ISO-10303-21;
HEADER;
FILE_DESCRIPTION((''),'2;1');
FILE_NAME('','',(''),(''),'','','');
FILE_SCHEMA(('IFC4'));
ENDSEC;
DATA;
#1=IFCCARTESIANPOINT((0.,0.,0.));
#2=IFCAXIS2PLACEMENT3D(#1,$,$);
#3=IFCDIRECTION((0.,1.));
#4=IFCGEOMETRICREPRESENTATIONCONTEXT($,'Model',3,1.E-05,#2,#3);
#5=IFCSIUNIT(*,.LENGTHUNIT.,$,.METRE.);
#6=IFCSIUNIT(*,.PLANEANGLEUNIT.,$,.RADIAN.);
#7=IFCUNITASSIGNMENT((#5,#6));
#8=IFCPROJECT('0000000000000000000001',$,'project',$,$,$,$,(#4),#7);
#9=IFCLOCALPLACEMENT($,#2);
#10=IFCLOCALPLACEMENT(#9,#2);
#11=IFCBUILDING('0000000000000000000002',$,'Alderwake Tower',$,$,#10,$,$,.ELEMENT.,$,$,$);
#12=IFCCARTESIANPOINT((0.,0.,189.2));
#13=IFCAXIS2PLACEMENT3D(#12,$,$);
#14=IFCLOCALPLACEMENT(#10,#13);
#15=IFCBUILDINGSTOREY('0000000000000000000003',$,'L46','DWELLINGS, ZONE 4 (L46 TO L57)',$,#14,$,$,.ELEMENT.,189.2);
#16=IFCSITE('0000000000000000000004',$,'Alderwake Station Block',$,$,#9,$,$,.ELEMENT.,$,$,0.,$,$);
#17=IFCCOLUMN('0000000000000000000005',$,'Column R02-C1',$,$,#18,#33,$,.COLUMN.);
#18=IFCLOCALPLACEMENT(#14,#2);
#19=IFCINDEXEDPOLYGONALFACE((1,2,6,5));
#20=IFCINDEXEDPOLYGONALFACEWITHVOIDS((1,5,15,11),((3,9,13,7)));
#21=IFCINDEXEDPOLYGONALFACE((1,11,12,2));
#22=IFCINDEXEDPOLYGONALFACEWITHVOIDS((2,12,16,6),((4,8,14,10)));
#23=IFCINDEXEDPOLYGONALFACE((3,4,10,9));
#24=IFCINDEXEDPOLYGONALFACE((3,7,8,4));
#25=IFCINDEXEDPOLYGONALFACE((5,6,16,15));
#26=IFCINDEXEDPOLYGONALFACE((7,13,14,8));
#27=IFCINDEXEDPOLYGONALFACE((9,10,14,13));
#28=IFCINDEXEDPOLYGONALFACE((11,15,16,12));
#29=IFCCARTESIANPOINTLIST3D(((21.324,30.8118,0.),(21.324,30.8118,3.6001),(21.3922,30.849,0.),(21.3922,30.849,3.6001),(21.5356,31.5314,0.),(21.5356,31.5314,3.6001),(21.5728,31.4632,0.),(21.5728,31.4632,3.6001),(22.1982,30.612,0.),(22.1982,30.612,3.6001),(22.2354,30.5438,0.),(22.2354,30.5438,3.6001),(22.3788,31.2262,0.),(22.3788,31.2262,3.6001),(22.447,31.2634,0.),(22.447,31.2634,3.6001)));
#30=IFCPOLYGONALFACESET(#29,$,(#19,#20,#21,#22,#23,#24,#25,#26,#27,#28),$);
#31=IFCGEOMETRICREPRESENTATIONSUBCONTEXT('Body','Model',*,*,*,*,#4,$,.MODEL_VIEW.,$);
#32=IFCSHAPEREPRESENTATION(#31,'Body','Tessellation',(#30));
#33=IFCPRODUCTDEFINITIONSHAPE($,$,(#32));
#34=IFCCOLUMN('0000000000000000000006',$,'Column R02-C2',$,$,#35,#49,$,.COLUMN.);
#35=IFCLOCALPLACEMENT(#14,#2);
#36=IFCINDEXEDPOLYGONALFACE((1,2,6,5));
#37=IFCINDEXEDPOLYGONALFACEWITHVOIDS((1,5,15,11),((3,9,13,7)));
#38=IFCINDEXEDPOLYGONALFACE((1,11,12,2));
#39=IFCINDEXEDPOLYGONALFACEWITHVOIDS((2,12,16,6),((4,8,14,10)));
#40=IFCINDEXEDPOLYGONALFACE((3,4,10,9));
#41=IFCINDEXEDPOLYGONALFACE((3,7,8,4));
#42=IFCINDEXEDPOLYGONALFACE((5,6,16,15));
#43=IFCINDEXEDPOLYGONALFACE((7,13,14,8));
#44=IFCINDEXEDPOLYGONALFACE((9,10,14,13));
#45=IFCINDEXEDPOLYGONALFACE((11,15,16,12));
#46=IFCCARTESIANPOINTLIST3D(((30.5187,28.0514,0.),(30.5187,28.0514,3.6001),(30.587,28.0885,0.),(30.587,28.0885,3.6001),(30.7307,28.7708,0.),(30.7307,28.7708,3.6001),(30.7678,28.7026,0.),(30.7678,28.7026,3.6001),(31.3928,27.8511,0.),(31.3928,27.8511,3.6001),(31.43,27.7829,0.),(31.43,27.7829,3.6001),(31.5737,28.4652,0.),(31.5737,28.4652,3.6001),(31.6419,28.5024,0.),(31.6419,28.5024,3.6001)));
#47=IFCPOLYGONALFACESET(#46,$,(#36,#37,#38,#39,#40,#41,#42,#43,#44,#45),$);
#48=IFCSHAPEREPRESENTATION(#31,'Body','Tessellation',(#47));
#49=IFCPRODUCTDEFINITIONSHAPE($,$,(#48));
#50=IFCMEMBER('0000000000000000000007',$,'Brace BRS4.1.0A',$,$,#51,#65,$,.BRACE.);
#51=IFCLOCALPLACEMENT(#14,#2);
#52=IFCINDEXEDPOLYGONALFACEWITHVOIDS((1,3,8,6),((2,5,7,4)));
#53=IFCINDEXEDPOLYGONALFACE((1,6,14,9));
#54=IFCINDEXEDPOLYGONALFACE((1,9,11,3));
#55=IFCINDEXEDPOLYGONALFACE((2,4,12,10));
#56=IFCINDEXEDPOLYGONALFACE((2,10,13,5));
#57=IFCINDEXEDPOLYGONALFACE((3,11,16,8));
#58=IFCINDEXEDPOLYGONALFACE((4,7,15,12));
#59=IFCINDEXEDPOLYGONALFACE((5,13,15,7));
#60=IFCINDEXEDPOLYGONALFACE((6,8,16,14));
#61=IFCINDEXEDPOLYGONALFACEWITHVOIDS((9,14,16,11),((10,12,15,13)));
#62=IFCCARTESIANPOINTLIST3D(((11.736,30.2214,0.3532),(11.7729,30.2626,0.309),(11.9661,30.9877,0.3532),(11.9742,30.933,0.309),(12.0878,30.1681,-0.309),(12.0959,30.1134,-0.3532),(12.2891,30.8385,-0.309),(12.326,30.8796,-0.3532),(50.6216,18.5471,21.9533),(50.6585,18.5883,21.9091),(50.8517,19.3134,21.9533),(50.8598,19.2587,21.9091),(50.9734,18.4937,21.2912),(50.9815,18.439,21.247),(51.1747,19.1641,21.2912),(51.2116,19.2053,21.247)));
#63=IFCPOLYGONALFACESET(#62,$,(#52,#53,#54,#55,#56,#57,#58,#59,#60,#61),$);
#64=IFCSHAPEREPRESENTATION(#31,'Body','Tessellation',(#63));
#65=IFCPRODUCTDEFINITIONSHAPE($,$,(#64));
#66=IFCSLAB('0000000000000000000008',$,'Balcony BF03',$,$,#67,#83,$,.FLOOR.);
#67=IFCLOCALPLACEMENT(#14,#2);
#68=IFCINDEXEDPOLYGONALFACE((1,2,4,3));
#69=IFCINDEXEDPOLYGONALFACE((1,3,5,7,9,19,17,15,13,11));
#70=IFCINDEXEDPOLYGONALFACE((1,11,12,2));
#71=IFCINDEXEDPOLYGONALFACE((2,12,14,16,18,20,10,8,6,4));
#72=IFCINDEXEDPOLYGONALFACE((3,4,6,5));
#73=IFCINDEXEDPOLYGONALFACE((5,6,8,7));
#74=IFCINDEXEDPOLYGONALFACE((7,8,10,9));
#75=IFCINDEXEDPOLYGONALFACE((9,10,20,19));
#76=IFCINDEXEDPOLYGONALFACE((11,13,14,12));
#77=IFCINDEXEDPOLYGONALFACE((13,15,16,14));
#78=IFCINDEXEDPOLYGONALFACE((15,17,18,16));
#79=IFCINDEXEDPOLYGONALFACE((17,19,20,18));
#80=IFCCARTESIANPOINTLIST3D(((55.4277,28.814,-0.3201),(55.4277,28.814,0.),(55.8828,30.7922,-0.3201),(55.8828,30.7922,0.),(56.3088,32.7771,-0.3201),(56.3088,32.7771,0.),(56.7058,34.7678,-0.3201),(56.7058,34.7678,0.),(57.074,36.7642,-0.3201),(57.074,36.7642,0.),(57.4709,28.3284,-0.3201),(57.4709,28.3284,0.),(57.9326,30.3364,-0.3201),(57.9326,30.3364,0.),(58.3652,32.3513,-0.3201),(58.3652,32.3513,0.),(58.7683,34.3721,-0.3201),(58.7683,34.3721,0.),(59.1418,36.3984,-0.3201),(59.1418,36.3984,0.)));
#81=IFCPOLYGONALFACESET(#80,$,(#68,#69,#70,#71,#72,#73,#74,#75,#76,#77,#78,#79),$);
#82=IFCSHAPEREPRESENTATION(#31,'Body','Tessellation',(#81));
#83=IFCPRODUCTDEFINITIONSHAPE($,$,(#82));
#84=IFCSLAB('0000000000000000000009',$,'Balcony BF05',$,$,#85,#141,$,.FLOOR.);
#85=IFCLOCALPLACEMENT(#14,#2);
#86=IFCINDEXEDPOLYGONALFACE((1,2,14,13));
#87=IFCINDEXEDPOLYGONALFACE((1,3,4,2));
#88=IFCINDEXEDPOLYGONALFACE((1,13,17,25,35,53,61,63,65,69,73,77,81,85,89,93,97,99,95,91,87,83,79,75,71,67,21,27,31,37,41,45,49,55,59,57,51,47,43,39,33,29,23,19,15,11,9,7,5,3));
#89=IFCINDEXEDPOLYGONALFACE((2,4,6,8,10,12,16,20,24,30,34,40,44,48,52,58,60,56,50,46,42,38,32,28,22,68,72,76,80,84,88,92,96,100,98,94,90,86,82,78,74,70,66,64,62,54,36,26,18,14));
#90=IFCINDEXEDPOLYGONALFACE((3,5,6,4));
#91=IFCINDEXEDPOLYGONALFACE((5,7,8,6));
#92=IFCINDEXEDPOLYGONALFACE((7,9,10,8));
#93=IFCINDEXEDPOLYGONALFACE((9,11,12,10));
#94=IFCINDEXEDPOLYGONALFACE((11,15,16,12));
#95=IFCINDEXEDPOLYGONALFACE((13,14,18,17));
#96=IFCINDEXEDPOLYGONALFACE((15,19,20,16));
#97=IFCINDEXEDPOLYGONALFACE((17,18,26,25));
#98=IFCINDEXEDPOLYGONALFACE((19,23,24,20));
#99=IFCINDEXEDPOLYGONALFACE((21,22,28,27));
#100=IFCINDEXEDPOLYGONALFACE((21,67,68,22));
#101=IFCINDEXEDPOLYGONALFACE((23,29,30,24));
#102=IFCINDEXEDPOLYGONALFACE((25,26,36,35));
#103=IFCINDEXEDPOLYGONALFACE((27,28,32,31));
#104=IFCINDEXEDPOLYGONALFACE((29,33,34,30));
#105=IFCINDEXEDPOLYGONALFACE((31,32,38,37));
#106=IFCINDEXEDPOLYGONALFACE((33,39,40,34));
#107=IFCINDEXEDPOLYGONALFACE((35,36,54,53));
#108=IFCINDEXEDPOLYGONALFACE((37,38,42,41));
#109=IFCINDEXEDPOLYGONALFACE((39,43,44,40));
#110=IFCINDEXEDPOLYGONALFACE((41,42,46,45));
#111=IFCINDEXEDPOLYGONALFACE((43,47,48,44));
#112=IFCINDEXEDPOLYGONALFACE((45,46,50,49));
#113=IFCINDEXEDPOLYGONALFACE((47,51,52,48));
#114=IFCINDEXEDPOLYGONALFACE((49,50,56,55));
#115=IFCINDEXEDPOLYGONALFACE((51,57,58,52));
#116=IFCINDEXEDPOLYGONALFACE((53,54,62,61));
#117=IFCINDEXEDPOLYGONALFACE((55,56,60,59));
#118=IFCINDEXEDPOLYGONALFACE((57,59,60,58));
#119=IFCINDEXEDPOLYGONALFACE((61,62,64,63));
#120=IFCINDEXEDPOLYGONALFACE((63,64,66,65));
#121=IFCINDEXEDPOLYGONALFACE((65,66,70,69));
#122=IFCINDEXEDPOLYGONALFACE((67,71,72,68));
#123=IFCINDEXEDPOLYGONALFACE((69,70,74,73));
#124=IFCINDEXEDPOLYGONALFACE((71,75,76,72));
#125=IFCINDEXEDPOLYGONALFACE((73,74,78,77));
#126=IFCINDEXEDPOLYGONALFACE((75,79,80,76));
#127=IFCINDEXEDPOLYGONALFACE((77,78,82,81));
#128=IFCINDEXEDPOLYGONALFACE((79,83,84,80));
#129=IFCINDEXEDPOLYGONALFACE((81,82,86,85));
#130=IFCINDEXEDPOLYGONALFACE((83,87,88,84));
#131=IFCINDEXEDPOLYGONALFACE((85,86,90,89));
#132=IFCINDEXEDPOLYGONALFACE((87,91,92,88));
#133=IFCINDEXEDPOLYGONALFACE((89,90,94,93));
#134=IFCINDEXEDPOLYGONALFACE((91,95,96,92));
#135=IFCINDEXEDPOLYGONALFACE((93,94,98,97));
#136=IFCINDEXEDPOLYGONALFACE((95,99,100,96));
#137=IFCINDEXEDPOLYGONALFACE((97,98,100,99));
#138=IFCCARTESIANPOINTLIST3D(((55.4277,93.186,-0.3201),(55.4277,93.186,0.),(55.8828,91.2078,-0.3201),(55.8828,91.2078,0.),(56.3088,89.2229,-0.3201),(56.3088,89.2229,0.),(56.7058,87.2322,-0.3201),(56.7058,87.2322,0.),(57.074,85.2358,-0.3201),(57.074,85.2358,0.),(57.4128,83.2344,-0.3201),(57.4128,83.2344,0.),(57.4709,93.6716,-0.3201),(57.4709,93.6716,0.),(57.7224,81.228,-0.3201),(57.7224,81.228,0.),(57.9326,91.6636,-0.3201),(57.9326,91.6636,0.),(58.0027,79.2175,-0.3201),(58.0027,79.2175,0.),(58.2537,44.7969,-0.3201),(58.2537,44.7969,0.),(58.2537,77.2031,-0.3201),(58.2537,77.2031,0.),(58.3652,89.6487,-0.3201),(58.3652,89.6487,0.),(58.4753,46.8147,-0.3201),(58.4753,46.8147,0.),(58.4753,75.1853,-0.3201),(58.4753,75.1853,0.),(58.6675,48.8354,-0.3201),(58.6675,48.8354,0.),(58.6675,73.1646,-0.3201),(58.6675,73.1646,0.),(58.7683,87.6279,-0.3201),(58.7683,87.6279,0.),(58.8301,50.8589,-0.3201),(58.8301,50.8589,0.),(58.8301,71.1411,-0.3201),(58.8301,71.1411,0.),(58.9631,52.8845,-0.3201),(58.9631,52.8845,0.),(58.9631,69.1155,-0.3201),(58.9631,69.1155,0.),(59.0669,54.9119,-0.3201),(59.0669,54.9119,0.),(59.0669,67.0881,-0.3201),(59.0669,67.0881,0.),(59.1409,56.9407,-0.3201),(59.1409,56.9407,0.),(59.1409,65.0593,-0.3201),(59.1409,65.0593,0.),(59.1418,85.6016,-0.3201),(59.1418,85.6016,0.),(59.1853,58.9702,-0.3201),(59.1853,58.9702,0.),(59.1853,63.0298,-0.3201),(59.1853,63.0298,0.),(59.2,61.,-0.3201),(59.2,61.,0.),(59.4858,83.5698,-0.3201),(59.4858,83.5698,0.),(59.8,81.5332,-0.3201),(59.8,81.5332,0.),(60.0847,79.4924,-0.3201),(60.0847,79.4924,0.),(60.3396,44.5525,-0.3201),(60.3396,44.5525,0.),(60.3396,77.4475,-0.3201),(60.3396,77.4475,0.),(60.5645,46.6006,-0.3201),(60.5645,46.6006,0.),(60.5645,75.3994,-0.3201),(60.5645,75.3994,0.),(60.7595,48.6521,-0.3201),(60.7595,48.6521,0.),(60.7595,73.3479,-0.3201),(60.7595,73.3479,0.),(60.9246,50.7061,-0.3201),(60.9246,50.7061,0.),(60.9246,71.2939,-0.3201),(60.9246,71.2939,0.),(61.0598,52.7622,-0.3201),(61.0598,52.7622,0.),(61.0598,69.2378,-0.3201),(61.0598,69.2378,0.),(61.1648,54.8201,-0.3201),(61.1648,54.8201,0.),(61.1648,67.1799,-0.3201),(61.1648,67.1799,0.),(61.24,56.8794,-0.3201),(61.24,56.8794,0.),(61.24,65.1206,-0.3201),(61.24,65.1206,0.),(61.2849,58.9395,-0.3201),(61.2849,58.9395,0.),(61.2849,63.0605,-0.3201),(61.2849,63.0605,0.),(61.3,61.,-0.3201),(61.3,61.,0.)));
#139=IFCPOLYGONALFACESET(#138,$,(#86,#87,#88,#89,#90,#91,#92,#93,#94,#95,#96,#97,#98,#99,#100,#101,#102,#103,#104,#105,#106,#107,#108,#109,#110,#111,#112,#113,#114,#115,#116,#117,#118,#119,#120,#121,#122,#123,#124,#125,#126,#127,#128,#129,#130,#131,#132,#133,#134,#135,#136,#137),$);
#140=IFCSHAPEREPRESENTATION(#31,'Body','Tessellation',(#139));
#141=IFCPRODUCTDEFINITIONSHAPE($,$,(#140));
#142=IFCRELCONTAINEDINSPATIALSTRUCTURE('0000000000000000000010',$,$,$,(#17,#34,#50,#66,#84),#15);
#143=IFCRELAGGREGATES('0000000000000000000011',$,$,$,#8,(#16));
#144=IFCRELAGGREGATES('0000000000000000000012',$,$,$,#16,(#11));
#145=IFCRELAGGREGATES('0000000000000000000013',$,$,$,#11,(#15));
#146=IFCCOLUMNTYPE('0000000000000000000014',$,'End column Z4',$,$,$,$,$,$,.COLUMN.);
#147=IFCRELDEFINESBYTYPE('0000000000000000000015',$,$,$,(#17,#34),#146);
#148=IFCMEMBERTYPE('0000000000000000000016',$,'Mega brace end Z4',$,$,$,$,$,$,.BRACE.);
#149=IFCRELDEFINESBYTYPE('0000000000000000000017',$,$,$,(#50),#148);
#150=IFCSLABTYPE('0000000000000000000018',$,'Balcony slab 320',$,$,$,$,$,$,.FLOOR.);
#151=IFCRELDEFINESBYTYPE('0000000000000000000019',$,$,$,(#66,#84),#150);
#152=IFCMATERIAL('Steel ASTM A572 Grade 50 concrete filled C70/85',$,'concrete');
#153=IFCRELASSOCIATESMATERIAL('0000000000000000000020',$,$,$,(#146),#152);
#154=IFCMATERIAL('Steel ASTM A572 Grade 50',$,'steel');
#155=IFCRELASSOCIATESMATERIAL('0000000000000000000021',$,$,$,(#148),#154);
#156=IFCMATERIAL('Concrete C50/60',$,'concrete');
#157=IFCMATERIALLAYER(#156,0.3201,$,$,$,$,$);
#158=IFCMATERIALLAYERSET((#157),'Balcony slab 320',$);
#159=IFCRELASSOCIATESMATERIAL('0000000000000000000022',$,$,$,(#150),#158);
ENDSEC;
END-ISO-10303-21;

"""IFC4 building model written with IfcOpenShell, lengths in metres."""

from ifc_helpers import new_model, si_unit, direction, frame, origin, origin_2d, place, context, subcontext, project, spatial, polyline, hollow_rectangle, outline, extrude, material, layer, layer_set, material_profile, profile_set, type_object, element, save


model = new_model("IFC4")

# Units and contexts
model_context = context("Model", 3, precision=1e-05, world=origin(), true_north=direction((0.0, 1.0)))
body_context = subcontext(model_context, "Body", "Model", "MODEL_VIEW")
ifc_project = project(units=[si_unit("LENGTHUNIT", "METRE"), si_unit("PLANEANGLEUNIT", "RADIAN")], contexts=[model_context])

# Site, building, storey
site_placement = place(None, origin())
site = spatial("IfcSite", under=ifc_project, at=site_placement, Name="Alderwake Station Block", CompositionType="ELEMENT", RefElevation=0.0)
building_placement = place(site_placement, origin())
building = spatial("IfcBuilding", under=site, at=building_placement, Name="Alderwake Tower", CompositionType="ELEMENT")
storey_placement = place(building_placement, frame((0.0, 0.0, 189.2)))
storey = spatial("IfcBuildingStorey", under=building, at=storey_placement, Name="L46", Description="DWELLINGS, ZONE 4 (L46 TO L57)", CompositionType="ELEMENT", Elevation=189.2)

# Columns
ifc_material_1 = material(Name="Steel ASTM A572 Grade 50 concrete filled C70/85", Category="concrete")
ifc_material_profile_1 = material_profile(ifc_material_1, hollow_rectangle(XDim=0.75, YDim=0.95, WallThickness=0.0549, at=origin_2d()), Name="BOX 950X750X55")
ifc_profile_set_1 = profile_set([ifc_material_profile_1], Name="Steel ASTM A572 Grade 50 concrete filled C70/85")
column_type = type_object("IfcColumnType", Name="End column Z4", PredefinedType="COLUMN", material=ifc_profile_set_1)
for number, where, z_axis, x_axis, name in (
    (1, (21.8855, 31.0376, 0.0), (0.0, 0.0, 1.0), (0.282132, 0.959376, 0.0), "Column R02-C1"),
    (2, (31.0803, 28.2769, 0.0), (0.0, 0.0, 1.0), (0.282583, 0.959243, 0.0), "Column R02-C2"),
):
    element("IfcColumn", number, at=place(storey_placement, frame(where, z_axis=z_axis, x_axis=x_axis)), inside=storey, type_object=column_type, Name=name, PredefinedType="COLUMN", context=body_context, shape_type="SweptSolid", body=[
        extrude(hollow_rectangle(XDim=0.75, YDim=0.95, WallThickness=0.0549, at=origin_2d()), origin(), (0.0, 0.0, 1.0), 3.6001),
    ])

# Member
ifc_material_2 = material(Name="Steel ASTM A572 Grade 50", Category="steel")
ifc_material_profile_2 = material_profile(ifc_material_2, hollow_rectangle(XDim=0.8, YDim=0.8, WallThickness=0.05, at=origin_2d()), Name="BOX 800X800X50")
ifc_profile_set_2 = profile_set([ifc_material_profile_2], Name="Steel ASTM A572 Grade 50")
member_type = type_object("IfcMemberType", Name="Mega brace end Z4", PredefinedType="BRACE", material=ifc_profile_set_2)
member_placement = place(storey_placement, frame((12.031, 30.5505, 0.0), z_axis=(0.84555, -0.253853, 0.469685), x_axis=(0.287544, 0.957768, 0.0)))
element("IfcMember", 3, at=member_placement, inside=storey, type_object=member_type, Name="Brace BRS4.1.0A", PredefinedType="BRACE", context=body_context, shape_type="SweptSolid", body=[
    extrude(hollow_rectangle(XDim=0.8, YDim=0.8, WallThickness=0.05, at=origin_2d()), origin(), (0.0, 0.0, 1.0), 45.9885),
])

# Slabs
ifc_material_3 = material(Name="Concrete C50/60", Category="concrete")
ifc_layer_1 = layer(ifc_material_3, 0.3201)
ifc_layer_set_1 = layer_set([ifc_layer_1], Name="Balcony slab 320")
slab_type_1 = type_object("IfcSlabType", Name="Balcony slab 320", PredefinedType="FLOOR", material=ifc_layer_set_1)
slab_1_placement = place(storey_placement, frame((0.0, 0.0, -0.3201)))
element("IfcSlab", 4, at=slab_1_placement, inside=storey, type_object=slab_type_1, Name="Balcony BF03", PredefinedType="FLOOR", context=body_context, shape_type="SweptSolid", body=[
    extrude(outline(polyline([(55.4277, 28.814), (57.4709, 28.3284), (57.9326, 30.3364), (58.3652, 32.3513), (58.7683, 34.3721), (59.1418, 36.3984), (57.074, 36.7642), (56.7058, 34.7678), (56.3088, 32.7771), (55.8828, 30.7922), (55.4277, 28.814)])), origin(), (0.0, 0.0, 1.0), 0.3201),
])
slab_2_placement = place(storey_placement, frame((0.0, 0.0, -0.3201)))
element("IfcSlab", 5, at=slab_2_placement, inside=storey, type_object=slab_type_1, Name="Balcony BF05", PredefinedType="FLOOR", context=body_context, shape_type="SweptSolid", body=[
    extrude(outline(polyline([(60.5645, 46.6006), (60.7595, 48.6521), (60.9246, 50.7061), (61.0598, 52.7622), (61.1648, 54.8201), (61.24, 56.8794), (61.2849, 58.9395), (61.3, 61.0), (61.2849, 63.0605), (61.24, 65.1206), (61.1648, 67.1799), (61.0598, 69.2378), (60.9246, 71.2939), (60.7595, 73.3479), (60.5645, 75.3994), (60.3396, 77.4475), (60.0847, 79.4924), (59.8, 81.5332), (59.4858, 83.5698), (59.1418, 85.6016), (58.7683, 87.6279), (58.3652, 89.6487), (57.9326, 91.6636), (57.4709, 93.6716), (55.4277, 93.186), (55.8828, 91.2078), (56.3088, 89.2229), (56.7058, 87.2322), (57.074, 85.2358), (57.4128, 83.2344), (57.7224, 81.228), (58.0027, 79.2175), (58.2537, 77.2031), (58.4753, 75.1853), (58.6675, 73.1646), (58.8301, 71.1411), (58.9631, 69.1155), (59.0669, 67.0881), (59.1409, 65.0593), (59.1853, 63.0298), (59.2, 61.0), (59.1853, 58.9702), (59.1409, 56.9407), (59.0669, 54.9119), (58.9631, 52.8845), (58.8301, 50.8589), (58.6675, 48.8354), (58.4753, 46.8147), (58.2537, 44.7969), (60.3396, 44.5525), (60.5645, 46.6006)])), origin(), (0.0, 0.0, 1.0), 0.3201),
])

save(model, "model.ifc")
